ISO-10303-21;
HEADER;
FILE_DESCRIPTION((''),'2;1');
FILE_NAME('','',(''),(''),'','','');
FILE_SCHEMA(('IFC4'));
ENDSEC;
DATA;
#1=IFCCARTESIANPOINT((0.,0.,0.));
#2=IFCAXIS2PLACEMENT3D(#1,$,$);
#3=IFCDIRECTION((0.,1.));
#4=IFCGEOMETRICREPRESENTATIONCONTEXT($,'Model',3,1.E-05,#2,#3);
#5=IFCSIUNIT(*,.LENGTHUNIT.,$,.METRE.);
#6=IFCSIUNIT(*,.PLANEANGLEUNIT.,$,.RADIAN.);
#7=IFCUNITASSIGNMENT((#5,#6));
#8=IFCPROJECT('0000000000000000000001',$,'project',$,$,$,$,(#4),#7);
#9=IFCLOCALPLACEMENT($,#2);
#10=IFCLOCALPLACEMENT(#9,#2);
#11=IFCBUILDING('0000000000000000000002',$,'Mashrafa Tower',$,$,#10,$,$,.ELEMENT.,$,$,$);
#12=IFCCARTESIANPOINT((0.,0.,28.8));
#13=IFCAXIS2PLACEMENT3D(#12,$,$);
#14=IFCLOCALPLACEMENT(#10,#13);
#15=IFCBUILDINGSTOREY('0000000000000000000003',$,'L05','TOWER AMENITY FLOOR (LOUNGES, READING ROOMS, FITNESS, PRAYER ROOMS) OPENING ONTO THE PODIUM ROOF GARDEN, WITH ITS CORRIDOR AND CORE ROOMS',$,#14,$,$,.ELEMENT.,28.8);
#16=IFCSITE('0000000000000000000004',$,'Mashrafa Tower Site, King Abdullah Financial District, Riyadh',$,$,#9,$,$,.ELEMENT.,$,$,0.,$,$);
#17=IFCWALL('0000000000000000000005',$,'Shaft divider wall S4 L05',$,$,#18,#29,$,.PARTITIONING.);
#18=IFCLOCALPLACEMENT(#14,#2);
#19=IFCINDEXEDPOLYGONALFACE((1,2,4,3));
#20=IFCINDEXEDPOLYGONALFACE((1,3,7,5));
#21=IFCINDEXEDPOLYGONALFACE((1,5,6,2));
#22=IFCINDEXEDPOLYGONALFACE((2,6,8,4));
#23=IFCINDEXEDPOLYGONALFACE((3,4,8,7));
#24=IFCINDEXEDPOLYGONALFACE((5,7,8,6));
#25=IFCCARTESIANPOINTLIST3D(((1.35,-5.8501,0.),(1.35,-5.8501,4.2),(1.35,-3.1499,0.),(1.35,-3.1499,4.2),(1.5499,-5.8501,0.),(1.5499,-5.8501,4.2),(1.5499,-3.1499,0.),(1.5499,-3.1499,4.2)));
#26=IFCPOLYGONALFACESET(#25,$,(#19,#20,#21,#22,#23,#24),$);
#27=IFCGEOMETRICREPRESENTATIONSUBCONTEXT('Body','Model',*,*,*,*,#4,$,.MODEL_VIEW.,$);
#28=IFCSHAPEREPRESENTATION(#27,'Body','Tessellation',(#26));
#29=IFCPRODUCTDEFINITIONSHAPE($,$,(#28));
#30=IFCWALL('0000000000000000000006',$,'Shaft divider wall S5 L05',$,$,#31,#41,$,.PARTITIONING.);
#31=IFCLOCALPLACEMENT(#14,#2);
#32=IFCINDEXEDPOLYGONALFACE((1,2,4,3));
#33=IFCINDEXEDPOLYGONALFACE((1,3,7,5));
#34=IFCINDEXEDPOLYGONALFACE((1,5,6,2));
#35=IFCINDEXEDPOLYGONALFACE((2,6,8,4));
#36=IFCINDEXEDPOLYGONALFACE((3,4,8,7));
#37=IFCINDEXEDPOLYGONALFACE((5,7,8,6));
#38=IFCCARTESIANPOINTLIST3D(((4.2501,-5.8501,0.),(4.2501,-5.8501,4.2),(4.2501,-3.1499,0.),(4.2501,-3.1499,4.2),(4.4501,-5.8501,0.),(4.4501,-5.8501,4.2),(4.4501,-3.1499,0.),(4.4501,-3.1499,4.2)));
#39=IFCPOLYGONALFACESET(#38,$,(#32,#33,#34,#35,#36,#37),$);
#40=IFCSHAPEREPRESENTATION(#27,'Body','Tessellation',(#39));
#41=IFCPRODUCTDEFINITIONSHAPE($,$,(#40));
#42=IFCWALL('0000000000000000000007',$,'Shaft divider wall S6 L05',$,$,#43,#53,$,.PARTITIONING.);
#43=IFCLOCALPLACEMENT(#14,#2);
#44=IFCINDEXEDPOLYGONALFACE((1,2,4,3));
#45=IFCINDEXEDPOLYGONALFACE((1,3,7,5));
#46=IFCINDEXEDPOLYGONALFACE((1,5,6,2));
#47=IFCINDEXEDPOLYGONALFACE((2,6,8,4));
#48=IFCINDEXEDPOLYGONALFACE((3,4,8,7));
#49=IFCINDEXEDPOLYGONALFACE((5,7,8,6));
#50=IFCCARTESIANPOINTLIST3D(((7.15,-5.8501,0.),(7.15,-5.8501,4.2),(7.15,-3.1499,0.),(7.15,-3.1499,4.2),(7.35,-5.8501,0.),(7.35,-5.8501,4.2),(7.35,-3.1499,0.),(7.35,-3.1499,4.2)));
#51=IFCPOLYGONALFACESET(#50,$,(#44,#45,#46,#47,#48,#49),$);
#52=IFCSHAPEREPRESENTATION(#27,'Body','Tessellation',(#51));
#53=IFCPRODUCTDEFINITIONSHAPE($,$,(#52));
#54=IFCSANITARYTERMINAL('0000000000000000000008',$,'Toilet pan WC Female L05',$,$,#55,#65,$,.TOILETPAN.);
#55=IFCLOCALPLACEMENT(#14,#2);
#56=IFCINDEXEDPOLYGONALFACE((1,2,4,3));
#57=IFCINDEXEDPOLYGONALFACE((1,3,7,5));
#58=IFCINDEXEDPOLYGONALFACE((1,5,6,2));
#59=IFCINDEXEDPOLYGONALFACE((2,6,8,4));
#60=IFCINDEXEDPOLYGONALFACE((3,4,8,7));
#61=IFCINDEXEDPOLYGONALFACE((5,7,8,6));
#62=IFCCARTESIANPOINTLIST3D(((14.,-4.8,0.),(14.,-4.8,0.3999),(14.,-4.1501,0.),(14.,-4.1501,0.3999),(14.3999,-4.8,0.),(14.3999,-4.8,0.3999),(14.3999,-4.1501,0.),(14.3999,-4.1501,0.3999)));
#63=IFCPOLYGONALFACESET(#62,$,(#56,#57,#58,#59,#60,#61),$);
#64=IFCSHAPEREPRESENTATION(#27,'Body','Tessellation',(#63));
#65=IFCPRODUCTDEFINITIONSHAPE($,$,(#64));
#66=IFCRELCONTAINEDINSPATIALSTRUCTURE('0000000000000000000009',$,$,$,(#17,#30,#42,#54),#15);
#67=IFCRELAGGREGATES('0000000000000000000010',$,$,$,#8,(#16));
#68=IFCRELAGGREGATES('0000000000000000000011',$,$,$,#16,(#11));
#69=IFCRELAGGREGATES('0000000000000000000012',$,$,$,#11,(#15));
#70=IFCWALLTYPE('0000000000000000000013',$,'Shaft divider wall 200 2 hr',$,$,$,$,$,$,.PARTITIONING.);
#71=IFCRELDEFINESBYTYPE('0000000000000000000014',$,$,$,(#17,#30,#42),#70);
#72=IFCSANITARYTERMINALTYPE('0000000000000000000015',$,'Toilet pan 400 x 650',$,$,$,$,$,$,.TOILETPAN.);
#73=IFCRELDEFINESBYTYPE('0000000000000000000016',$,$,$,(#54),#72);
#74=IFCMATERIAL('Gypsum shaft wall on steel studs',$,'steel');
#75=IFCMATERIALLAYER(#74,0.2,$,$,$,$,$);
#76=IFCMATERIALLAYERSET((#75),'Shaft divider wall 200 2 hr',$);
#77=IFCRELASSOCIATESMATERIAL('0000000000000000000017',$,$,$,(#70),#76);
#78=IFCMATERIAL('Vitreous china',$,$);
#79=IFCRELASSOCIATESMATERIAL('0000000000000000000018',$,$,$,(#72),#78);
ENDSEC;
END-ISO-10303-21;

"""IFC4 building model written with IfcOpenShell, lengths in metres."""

from ifc_helpers import new_model, si_unit, direction, frame, frame_2d, origin, origin_2d, place, context, subcontext, project, spatial, rectangle, extrude, material, layer, layer_set, type_object, element, save


model = new_model("IFC4")

# Units and contexts
model_context = context("Model", 3, precision=1e-05, world=origin(), true_north=direction((0.0, 1.0)))
body_context = subcontext(model_context, "Body", "Model", "MODEL_VIEW")
ifc_project = project(units=[si_unit("LENGTHUNIT", "METRE"), si_unit("PLANEANGLEUNIT", "RADIAN")], contexts=[model_context])

# Site, building, storey
site_placement = place(None, origin())
site = spatial("IfcSite", under=ifc_project, at=site_placement, Name="Mashrafa Tower Site, King Abdullah Financial District, Riyadh", CompositionType="ELEMENT", RefElevation=0.0)
building_placement = place(site_placement, origin())
building = spatial("IfcBuilding", under=site, at=building_placement, Name="Mashrafa Tower", CompositionType="ELEMENT")
storey_placement = place(building_placement, frame((0.0, 0.0, 28.8)))
storey = spatial("IfcBuildingStorey", under=building, at=storey_placement, Name="L05", Description="TOWER AMENITY FLOOR (LOUNGES, READING ROOMS, FITNESS, PRAYER ROOMS) OPENING ONTO THE PODIUM ROOF GARDEN, WITH ITS CORRIDOR AND CORE ROOMS", CompositionType="ELEMENT", Elevation=28.8)

# Walls
ifc_material_1 = material(Name="Gypsum shaft wall on steel studs", Category="steel")
ifc_layer_1 = layer(ifc_material_1, 0.2)
ifc_layer_set_1 = layer_set([ifc_layer_1], Name="Shaft divider wall 200 2 hr")
wall_type_1 = type_object("IfcWallType", Name="Shaft divider wall 200 2 hr", PredefinedType="PARTITIONING", material=ifc_layer_set_1)
for number, where, z_axis, x_axis, name in (
    (1, (1.45, -5.8501, 0.0), (0.0, 0.0, 1.0), (0.0, 1.0, 0.0), "Shaft divider wall S4 L05"),
    (2, (4.3501, -5.8501, 0.0), (0.0, 0.0, 1.0), (0.0, 1.0, 0.0), "Shaft divider wall S5 L05"),
    (3, (7.25, -5.8501, 0.0), (0.0, 0.0, 1.0), (0.0, 1.0, 0.0), "Shaft divider wall S6 L05"),
):
    element("IfcWall", number, at=place(storey_placement, frame(where, z_axis=z_axis, x_axis=x_axis)), inside=storey, type_object=wall_type_1, Name=name, PredefinedType="PARTITIONING", context=body_context, shape_type="SweptSolid", body=[
        extrude(rectangle(XDim=2.7002, YDim=0.2, at=frame_2d((1.3501, 0.0))), origin(), (0.0, 0.0, 1.0), 4.2),
    ])

# Sanitary terminal
ifc_material_2 = material(Name="Vitreous china")
sanitary_terminal_type = type_object("IfcSanitaryTerminalType", Name="Toilet pan 400 x 650", PredefinedType="TOILETPAN", material=ifc_material_2)
sanitary_terminal_placement = place(storey_placement, frame((14.2, -4.4751, 0.0), z_axis=(0.0, 0.0, 1.0), x_axis=(1.0, 0.0, 0.0)))
element("IfcSanitaryTerminal", 4, at=sanitary_terminal_placement, inside=storey, type_object=sanitary_terminal_type, Name="Toilet pan WC Female L05", PredefinedType="TOILETPAN", context=body_context, shape_type="SweptSolid", body=[
    extrude(rectangle(XDim=0.3999, YDim=0.6499, at=origin_2d()), origin(), (0.0, 0.0, 1.0), 0.3999),
])

save(model, "model.ifc")
